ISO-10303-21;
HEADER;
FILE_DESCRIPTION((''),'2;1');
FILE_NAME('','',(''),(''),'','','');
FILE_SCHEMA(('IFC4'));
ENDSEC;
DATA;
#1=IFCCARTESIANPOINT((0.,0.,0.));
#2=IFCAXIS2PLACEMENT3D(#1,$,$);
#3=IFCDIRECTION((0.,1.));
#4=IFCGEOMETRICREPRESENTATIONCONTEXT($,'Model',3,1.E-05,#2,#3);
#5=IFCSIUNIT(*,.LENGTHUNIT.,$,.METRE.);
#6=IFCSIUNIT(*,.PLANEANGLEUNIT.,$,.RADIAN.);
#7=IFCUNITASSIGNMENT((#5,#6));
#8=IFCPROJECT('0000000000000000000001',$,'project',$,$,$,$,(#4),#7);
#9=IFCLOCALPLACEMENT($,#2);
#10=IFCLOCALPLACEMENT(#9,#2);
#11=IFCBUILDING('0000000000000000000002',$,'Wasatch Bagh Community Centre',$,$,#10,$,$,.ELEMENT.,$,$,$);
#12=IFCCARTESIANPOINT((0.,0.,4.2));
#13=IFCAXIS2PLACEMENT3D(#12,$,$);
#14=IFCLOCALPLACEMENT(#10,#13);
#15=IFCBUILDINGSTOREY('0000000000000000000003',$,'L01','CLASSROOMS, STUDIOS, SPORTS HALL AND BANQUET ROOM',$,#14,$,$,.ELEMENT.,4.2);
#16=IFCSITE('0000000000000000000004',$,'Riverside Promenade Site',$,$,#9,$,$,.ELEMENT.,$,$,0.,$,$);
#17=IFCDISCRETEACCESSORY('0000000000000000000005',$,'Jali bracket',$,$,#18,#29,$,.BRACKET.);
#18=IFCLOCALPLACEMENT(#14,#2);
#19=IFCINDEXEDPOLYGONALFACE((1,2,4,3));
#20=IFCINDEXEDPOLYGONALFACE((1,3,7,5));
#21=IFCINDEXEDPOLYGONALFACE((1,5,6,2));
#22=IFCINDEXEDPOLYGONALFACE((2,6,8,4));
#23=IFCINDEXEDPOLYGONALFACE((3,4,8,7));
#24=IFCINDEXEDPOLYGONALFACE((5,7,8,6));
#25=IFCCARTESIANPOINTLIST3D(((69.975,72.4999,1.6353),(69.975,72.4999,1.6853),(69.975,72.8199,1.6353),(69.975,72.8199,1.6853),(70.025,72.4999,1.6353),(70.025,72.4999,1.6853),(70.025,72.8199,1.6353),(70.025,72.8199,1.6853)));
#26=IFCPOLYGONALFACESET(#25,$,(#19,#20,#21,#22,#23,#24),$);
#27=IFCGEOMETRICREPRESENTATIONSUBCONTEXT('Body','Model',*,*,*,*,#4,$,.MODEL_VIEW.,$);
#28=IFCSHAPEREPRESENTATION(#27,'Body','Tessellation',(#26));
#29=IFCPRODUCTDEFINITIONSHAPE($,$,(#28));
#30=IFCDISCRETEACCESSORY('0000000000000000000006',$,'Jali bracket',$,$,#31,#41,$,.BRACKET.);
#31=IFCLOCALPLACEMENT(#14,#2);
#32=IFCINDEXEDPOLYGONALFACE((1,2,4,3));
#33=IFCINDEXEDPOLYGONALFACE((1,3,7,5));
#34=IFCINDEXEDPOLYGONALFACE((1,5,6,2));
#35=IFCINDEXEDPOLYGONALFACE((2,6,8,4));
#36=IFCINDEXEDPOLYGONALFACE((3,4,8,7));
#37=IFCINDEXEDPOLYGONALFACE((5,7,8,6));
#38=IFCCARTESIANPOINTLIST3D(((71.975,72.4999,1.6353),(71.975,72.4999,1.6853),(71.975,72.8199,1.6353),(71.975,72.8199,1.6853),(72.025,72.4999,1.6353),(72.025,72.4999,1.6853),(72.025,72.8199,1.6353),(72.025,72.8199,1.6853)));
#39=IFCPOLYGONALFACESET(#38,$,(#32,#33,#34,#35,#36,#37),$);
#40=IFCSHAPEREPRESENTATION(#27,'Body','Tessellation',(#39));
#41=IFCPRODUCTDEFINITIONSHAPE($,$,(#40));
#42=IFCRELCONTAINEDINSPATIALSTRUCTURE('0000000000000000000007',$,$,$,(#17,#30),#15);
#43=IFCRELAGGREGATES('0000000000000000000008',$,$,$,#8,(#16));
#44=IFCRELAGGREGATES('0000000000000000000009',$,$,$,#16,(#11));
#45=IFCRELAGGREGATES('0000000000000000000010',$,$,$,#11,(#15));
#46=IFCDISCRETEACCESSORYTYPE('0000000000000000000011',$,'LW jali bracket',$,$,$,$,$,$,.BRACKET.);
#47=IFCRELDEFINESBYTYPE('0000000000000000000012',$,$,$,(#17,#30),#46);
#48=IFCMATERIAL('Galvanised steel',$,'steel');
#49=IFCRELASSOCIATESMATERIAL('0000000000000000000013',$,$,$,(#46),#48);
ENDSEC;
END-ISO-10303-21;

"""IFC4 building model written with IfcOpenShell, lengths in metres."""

from ifc_helpers import new_model, si_unit, direction, frame, origin, origin_2d, place, context, subcontext, project, spatial, rectangle, extrude, material, type_object, element, save


model = new_model("IFC4")

# Units and contexts
model_context = context("Model", 3, precision=1e-05, world=origin(), true_north=direction((0.0, 1.0)))
body_context = subcontext(model_context, "Body", "Model", "MODEL_VIEW")
ifc_project = project(units=[si_unit("LENGTHUNIT", "METRE"), si_unit("PLANEANGLEUNIT", "RADIAN")], contexts=[model_context])

# Site, building, storey
site_placement = place(None, origin())
site = spatial("IfcSite", under=ifc_project, at=site_placement, Name="Riverside Promenade Site", CompositionType="ELEMENT", RefElevation=0.0)
building_placement = place(site_placement, origin())
building = spatial("IfcBuilding", under=site, at=building_placement, Name="Wasatch Bagh Community Centre", CompositionType="ELEMENT")
storey_placement = place(building_placement, frame((0.0, 0.0, 4.2)))
storey = spatial("IfcBuildingStorey", under=building, at=storey_placement, Name="L01", Description="CLASSROOMS, STUDIOS, SPORTS HALL AND BANQUET ROOM", CompositionType="ELEMENT", Elevation=4.2)

# Discrete accessories
ifc_material_1 = material(Name="Galvanised steel", Category="steel")
discrete_accessory_type = type_object("IfcDiscreteAccessoryType", Name="LW jali bracket", PredefinedType="BRACKET", material=ifc_material_1)
for number, where, z_axis, x_axis, name in (
    (1, (70.0, 72.6599, 1.6353), (0.0, 0.0, 1.0), (1.0, 0.0, 0.0), "Jali bracket"),
    (2, (72.0, 72.6599, 1.6353), (0.0, 0.0, 1.0), (1.0, 0.0, 0.0), "Jali bracket"),
):
    element("IfcDiscreteAccessory", number, at=place(storey_placement, frame(where, z_axis=z_axis, x_axis=x_axis)), inside=storey, type_object=discrete_accessory_type, Name=name, PredefinedType="BRACKET", context=body_context, shape_type="SweptSolid", body=[
        extrude(rectangle(XDim=0.05, YDim=0.3201, at=origin_2d()), origin(), (0.0, 0.0, 1.0), 0.05),
    ])

save(model, "model.ifc")
